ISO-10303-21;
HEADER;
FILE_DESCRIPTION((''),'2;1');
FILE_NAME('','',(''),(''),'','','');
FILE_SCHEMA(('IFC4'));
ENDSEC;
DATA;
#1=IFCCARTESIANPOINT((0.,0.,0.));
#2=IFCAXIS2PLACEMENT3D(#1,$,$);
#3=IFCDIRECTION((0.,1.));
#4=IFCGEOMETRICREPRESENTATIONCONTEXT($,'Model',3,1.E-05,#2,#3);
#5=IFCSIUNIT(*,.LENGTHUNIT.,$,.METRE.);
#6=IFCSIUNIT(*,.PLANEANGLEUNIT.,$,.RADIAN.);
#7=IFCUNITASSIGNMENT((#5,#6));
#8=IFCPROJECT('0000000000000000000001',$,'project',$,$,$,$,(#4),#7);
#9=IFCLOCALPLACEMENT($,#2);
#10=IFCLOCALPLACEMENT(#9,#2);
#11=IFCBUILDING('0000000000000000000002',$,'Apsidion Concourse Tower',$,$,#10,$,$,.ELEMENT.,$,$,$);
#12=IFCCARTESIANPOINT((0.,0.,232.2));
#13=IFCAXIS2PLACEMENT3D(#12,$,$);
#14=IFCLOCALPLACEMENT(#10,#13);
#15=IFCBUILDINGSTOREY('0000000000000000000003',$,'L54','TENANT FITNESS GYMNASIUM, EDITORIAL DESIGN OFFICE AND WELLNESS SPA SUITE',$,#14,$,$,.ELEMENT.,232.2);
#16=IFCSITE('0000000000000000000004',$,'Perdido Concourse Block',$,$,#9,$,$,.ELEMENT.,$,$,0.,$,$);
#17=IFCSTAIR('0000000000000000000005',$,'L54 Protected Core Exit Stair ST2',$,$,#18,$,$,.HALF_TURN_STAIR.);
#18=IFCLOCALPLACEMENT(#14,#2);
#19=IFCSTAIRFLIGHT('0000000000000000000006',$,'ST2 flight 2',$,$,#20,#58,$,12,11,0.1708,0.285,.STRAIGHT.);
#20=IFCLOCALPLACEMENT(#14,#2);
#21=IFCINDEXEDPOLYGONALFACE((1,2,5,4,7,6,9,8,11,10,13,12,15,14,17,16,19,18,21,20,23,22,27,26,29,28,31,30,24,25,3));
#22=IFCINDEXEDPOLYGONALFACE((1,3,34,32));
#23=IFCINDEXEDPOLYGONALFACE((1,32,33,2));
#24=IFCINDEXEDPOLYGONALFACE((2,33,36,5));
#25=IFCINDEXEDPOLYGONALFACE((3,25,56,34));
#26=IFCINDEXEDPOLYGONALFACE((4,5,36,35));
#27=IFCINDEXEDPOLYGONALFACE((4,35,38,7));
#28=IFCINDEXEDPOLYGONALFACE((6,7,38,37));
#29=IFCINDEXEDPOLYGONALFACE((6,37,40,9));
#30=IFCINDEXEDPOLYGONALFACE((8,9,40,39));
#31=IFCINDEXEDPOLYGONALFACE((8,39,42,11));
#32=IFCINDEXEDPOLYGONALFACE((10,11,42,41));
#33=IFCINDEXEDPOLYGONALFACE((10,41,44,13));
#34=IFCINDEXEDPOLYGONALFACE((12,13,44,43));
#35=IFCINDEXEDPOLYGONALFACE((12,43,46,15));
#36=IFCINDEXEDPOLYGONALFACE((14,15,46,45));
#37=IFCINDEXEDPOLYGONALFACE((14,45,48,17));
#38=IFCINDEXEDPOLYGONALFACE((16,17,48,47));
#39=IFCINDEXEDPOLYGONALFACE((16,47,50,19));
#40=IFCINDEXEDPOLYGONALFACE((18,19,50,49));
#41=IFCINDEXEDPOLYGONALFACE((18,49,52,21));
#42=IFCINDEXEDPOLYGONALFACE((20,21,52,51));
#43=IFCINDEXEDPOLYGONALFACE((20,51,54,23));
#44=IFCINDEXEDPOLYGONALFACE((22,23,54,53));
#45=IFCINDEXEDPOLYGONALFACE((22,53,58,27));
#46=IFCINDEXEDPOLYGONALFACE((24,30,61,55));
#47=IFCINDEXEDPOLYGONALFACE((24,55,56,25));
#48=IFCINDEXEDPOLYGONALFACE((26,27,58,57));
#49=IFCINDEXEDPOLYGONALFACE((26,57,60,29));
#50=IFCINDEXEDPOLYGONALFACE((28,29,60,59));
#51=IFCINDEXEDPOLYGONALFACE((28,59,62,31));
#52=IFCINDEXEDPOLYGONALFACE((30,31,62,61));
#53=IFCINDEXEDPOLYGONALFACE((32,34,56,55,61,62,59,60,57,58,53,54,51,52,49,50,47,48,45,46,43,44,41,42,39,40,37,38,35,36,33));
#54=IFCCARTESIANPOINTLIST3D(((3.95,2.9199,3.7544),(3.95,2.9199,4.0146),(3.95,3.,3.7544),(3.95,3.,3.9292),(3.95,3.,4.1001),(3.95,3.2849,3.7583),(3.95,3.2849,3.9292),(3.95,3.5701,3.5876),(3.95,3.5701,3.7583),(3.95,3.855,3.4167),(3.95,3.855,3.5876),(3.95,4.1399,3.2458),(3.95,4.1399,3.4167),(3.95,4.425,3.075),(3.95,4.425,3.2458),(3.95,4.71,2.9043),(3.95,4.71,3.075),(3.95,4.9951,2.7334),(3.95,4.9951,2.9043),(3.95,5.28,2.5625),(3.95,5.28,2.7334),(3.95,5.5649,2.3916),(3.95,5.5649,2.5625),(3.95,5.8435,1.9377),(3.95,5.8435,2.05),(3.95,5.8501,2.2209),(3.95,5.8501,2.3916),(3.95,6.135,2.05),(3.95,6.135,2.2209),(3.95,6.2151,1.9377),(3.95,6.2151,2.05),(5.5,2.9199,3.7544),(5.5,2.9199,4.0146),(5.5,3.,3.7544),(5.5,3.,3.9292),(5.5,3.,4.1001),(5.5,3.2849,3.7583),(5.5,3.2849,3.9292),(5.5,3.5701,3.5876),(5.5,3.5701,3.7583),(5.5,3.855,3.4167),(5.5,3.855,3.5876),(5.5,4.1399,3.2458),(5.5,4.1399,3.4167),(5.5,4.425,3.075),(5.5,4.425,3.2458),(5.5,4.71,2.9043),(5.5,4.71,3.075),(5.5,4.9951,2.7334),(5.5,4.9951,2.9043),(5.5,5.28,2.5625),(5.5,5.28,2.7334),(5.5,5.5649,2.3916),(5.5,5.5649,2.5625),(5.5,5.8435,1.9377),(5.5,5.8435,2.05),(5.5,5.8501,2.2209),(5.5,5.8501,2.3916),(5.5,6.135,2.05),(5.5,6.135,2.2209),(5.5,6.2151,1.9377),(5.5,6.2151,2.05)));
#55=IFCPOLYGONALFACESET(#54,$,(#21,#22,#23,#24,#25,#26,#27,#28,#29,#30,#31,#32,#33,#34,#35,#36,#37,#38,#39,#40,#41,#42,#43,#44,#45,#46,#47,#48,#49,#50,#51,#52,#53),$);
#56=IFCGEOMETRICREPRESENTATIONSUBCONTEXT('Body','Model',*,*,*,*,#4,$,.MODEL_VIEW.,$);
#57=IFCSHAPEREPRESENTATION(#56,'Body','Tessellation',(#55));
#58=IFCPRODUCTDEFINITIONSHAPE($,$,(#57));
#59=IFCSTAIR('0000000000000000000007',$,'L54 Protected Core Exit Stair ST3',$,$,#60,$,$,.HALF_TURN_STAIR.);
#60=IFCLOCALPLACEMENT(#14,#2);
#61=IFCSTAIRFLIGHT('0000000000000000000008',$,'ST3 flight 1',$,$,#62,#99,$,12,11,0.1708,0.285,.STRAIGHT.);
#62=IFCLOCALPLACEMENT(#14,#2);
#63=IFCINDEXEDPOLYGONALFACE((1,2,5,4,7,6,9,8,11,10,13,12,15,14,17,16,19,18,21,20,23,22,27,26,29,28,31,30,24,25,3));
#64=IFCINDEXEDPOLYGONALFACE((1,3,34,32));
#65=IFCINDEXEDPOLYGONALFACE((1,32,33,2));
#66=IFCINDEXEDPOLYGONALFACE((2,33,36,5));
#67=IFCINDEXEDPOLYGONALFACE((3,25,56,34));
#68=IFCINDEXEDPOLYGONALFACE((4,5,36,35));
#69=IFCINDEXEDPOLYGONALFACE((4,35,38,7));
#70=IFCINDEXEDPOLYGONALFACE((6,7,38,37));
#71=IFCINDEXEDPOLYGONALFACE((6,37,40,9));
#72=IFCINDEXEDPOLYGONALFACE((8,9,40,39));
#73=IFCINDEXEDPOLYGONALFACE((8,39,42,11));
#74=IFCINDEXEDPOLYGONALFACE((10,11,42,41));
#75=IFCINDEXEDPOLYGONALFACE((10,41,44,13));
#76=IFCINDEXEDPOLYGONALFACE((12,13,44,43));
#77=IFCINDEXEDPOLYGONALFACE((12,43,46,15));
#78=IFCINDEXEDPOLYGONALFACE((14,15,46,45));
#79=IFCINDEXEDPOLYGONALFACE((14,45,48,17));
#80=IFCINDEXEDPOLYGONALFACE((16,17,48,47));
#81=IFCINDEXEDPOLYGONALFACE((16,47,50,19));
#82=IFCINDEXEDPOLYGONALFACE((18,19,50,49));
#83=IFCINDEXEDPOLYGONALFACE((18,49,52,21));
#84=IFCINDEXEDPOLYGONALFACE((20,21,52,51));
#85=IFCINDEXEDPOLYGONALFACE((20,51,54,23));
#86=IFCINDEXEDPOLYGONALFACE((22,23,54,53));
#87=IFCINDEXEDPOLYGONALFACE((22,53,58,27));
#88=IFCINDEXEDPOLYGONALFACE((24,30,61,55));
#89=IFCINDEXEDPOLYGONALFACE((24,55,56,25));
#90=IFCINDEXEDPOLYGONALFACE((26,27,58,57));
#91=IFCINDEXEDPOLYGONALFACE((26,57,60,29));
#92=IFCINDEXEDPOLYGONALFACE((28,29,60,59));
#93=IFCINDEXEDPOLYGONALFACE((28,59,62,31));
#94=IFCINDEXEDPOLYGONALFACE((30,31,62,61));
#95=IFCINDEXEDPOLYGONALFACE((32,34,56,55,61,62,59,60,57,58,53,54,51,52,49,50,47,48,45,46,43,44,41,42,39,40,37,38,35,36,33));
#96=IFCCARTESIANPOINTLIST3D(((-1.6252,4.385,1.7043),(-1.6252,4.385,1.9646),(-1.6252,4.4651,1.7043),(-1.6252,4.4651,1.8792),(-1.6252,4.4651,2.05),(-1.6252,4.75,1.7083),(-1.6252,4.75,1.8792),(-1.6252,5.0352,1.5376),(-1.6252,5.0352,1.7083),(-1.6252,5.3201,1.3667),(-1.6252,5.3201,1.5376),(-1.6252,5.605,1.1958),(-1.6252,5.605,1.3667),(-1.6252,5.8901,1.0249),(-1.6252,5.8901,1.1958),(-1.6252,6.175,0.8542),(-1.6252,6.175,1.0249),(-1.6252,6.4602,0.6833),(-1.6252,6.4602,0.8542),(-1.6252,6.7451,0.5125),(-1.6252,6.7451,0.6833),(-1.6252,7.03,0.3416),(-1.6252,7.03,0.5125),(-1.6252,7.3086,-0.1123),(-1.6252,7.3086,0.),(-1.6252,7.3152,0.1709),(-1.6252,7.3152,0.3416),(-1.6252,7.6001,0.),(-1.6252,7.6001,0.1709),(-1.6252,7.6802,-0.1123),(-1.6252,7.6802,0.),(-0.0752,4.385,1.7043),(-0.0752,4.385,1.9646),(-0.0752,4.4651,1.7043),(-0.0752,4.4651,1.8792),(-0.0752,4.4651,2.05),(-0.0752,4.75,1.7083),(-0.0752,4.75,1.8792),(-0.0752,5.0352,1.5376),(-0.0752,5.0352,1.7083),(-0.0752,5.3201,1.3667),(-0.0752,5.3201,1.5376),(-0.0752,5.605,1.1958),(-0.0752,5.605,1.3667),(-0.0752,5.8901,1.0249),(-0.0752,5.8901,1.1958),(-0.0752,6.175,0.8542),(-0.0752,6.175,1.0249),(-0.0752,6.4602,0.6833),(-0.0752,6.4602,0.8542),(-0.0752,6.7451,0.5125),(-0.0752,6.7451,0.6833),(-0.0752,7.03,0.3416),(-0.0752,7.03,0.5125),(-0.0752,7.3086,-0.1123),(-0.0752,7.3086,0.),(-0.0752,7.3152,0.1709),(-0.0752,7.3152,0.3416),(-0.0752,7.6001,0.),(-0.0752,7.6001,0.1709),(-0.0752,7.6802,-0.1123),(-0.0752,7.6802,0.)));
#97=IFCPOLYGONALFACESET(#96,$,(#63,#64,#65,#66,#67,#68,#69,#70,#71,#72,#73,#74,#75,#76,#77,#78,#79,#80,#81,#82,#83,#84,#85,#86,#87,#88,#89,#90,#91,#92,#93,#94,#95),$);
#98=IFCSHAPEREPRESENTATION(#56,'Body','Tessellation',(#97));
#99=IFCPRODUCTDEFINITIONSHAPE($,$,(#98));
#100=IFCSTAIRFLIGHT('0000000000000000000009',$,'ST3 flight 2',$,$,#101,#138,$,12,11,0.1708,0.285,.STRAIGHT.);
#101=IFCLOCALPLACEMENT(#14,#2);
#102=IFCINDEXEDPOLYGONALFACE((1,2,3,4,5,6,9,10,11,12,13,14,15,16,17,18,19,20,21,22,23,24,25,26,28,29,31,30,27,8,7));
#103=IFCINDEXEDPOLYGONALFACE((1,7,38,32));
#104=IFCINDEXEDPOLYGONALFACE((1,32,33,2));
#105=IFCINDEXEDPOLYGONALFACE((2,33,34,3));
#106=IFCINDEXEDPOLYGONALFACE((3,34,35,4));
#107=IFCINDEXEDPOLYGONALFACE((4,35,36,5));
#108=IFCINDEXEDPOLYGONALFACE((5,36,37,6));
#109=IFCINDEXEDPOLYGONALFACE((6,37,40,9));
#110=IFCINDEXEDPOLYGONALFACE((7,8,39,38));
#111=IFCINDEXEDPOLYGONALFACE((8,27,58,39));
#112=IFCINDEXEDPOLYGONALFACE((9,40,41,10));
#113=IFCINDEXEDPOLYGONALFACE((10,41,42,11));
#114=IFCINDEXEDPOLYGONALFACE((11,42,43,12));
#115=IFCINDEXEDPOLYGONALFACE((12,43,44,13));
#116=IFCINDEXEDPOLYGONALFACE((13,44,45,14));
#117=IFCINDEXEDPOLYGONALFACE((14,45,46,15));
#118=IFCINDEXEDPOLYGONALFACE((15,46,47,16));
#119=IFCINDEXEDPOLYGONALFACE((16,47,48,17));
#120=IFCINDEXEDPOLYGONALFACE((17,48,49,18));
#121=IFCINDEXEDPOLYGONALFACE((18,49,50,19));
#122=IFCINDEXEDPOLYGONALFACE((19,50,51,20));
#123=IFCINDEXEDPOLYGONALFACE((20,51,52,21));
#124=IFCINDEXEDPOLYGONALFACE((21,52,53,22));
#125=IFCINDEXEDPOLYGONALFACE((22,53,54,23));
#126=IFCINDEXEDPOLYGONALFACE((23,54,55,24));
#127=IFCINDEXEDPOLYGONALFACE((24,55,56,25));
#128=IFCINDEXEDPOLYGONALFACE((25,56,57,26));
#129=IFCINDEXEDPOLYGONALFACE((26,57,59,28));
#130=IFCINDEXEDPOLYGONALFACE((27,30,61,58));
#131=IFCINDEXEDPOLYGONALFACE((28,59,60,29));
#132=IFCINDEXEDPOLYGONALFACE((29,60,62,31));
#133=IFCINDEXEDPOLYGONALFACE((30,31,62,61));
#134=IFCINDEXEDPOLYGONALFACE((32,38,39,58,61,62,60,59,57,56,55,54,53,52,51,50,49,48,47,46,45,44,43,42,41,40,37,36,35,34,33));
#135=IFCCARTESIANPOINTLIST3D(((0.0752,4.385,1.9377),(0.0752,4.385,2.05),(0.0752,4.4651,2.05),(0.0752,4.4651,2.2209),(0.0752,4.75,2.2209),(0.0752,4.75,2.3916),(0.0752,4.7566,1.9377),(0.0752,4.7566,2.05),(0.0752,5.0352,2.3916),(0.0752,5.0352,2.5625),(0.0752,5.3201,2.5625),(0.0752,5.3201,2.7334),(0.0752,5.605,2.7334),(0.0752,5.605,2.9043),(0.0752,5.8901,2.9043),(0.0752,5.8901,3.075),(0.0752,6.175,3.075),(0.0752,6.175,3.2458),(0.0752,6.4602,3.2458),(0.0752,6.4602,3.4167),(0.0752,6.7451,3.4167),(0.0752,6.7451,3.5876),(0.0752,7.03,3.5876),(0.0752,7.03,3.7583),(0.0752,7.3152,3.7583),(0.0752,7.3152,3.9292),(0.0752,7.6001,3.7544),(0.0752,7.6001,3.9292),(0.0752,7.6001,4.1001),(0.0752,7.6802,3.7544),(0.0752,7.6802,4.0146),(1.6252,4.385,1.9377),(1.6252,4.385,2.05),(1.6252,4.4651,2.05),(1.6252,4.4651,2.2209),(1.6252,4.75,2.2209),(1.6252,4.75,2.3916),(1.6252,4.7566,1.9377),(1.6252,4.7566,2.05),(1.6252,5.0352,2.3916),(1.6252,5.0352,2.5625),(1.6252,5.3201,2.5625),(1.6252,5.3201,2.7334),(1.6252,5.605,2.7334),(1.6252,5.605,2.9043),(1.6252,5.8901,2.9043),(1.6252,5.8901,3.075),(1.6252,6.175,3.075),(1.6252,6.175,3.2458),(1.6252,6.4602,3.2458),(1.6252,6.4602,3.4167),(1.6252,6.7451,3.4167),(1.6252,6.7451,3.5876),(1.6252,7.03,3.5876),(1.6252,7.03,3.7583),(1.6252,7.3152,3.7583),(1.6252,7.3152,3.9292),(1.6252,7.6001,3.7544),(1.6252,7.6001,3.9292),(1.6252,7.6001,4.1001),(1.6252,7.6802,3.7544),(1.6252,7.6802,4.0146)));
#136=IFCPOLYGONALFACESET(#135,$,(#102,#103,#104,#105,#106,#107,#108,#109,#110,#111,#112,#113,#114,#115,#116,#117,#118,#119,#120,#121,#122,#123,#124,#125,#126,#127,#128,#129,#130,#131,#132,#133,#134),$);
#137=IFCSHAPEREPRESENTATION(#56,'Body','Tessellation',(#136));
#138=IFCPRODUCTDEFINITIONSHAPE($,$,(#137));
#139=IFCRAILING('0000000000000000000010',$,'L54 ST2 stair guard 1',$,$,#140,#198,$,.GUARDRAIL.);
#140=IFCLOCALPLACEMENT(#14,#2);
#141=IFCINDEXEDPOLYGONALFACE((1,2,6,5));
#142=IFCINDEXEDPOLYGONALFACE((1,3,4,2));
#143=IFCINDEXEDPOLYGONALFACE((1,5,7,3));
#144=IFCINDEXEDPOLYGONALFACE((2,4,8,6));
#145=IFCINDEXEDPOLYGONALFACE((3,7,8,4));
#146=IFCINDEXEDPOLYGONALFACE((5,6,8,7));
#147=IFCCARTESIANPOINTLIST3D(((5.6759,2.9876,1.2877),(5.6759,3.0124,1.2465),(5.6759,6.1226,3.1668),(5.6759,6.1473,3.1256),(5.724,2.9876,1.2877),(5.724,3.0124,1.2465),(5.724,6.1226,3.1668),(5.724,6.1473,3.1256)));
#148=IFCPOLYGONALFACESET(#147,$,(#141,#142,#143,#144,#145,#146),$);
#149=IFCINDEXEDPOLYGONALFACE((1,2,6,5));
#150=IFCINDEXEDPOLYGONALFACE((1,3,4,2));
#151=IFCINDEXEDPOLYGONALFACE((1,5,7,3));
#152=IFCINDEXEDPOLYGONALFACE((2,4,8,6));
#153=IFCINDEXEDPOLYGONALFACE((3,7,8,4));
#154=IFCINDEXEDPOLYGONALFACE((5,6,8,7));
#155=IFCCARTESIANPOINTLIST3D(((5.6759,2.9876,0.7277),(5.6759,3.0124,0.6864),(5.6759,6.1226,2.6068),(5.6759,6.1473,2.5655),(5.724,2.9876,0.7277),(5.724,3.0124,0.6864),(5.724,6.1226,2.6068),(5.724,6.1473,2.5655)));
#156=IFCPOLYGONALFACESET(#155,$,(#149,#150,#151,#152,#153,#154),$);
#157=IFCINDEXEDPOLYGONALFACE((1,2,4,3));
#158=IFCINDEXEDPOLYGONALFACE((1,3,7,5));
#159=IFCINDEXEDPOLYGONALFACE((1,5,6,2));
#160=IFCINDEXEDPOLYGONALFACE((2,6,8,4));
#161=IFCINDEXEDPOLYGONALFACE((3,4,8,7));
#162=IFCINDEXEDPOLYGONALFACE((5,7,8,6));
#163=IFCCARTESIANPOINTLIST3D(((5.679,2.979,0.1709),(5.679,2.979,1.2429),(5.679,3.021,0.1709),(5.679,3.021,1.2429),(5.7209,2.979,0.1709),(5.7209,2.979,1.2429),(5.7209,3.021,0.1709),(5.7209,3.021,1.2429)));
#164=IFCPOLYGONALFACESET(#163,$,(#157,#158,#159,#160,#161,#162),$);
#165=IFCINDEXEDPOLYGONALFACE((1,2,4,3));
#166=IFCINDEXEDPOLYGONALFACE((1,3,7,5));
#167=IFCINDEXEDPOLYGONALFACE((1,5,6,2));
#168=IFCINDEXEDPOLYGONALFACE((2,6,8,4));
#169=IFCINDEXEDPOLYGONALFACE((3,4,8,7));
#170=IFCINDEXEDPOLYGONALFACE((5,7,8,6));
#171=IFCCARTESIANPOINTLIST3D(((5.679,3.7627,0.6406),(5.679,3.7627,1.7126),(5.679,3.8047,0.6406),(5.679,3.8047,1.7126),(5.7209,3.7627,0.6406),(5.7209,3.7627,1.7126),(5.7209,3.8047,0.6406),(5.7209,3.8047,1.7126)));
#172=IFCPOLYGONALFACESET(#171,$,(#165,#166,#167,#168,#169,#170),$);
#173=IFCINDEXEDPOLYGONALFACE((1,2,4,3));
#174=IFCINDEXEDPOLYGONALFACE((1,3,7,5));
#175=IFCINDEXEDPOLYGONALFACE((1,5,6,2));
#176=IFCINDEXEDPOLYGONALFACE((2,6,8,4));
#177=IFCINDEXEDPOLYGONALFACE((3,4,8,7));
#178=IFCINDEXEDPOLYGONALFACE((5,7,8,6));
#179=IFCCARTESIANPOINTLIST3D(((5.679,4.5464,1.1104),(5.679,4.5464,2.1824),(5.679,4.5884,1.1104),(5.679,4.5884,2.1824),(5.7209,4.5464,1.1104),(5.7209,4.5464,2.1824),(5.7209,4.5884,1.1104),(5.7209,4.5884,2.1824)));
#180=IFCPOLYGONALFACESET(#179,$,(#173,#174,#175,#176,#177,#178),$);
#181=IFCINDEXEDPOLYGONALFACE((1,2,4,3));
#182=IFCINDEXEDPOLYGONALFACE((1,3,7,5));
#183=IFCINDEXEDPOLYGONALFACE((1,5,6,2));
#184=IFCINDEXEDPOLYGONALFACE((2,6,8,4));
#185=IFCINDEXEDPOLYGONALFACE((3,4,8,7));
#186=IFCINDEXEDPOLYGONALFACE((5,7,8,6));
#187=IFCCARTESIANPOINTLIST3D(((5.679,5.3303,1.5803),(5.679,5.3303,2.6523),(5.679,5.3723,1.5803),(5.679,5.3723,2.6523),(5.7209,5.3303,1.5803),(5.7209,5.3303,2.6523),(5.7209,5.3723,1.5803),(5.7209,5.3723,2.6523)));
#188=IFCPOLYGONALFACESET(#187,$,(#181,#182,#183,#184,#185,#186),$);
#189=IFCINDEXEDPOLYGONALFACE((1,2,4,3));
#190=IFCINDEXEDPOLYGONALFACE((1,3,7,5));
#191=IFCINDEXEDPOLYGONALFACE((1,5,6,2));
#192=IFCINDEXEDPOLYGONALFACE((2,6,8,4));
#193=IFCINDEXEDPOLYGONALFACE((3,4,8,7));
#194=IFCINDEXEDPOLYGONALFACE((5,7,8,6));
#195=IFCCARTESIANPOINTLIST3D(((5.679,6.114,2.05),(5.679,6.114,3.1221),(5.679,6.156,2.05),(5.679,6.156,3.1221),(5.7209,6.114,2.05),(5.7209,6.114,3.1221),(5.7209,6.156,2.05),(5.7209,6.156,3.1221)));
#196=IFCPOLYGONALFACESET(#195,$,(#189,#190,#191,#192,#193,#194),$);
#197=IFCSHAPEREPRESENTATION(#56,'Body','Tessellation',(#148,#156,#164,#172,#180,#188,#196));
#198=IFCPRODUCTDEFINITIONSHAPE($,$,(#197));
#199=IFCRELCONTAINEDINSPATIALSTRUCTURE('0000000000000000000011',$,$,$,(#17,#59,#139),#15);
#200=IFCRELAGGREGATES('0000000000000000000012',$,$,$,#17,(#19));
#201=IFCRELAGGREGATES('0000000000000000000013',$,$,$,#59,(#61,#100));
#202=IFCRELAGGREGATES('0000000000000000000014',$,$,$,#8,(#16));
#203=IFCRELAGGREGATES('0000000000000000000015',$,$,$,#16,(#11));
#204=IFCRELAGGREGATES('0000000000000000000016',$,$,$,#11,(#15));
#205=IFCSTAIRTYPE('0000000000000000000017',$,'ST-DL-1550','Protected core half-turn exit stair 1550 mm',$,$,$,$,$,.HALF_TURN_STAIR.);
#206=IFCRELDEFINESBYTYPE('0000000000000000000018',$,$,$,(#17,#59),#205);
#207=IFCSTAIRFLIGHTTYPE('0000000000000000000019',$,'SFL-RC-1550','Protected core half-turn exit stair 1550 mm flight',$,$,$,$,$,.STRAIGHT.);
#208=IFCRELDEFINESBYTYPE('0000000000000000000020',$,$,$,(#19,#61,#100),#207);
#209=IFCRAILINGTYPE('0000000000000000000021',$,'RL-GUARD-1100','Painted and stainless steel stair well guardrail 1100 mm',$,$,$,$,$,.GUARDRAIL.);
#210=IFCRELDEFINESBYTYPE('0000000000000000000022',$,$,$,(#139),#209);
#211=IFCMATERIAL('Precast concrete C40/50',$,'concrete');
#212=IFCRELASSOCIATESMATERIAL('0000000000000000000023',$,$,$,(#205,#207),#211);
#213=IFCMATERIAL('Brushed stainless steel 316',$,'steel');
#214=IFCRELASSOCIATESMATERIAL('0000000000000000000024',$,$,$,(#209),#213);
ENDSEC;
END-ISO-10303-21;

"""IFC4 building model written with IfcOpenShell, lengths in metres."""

from ifc_helpers import new_model, si_unit, direction, frame, origin, origin_2d, place, context, subcontext, project, spatial, polyline, rectangle, outline, extrude, material, type_object, element, aggregate, save


model = new_model("IFC4")

# Units and contexts
model_context = context("Model", 3, precision=1e-05, world=origin(), true_north=direction((0.0, 1.0)))
body_context = subcontext(model_context, "Body", "Model", "MODEL_VIEW")
ifc_project = project(units=[si_unit("LENGTHUNIT", "METRE"), si_unit("PLANEANGLEUNIT", "RADIAN")], contexts=[model_context])

# Site, building, storey
site_placement = place(None, origin())
site = spatial("IfcSite", under=ifc_project, at=site_placement, Name="Perdido Concourse Block", CompositionType="ELEMENT", RefElevation=0.0)
building_placement = place(site_placement, origin())
building = spatial("IfcBuilding", under=site, at=building_placement, Name="Apsidion Concourse Tower", CompositionType="ELEMENT")
storey_placement = place(building_placement, frame((0.0, 0.0, 232.2)))
storey = spatial("IfcBuildingStorey", under=building, at=storey_placement, Name="L54", Description="TENANT FITNESS GYMNASIUM, EDITORIAL DESIGN OFFICE AND WELLNESS SPA SUITE", CompositionType="ELEMENT", Elevation=232.2)

# Stairs, stair flights
ifc_material_1 = material(Name="Precast concrete C40/50", Category="concrete")
stair_type = type_object("IfcStairType", Name="ST-DL-1550", Description="Protected core half-turn exit stair 1550 mm", PredefinedType="HALF_TURN_STAIR", material=ifc_material_1)
stair_1_placement = place(storey_placement, origin())
stair_1 = element("IfcStair", 1, at=stair_1_placement, inside=storey, type_object=stair_type, Name="L54 Protected Core Exit Stair ST2", PredefinedType="HALF_TURN_STAIR")
stair_flight_type = type_object("IfcStairFlightType", Name="SFL-RC-1550", Description="Protected core half-turn exit stair 1550 mm flight", PredefinedType="STRAIGHT", material=ifc_material_1)
stair_flight_1_placement = place(storey_placement, frame((4.7251, 6.135, 2.05), z_axis=(0.0, 0.0, 1.0), x_axis=(0.0, -1.0, 0.0)))
stair_flight_1 = element("IfcStairFlight", 2, at=stair_flight_1_placement, type_object=stair_flight_type, Name="ST2 flight 2", NumberOfRisers=12, NumberOfTreads=11, PredefinedType="STRAIGHT", RiserHeight=0.1708, TreadLength=0.285, context=body_context, shape_type="SweptSolid", body=[
    extrude(outline(polyline([(-0.0801, -0.1123), (-0.0801, 0.0), (0.0, 0.0), (0.0, 0.1709), (0.2849, 0.1709), (0.2849, 0.3416), (0.5701, 0.3416), (0.5701, 0.5125), (0.855, 0.5125), (0.855, 0.6833), (1.1399, 0.6833), (1.1399, 0.8542), (1.425, 0.8542), (1.425, 1.0249), (1.71, 1.0249), (1.71, 1.1958), (1.9951, 1.1958), (1.9951, 1.3667), (2.28, 1.3667), (2.28, 1.5376), (2.5649, 1.5376), (2.5649, 1.7083), (2.8501, 1.7083), (2.8501, 1.8792), (3.135, 1.8792), (3.135, 2.05), (3.2151, 1.9646), (3.2151, 1.7043), (3.135, 1.7043), (0.2915, 0.0), (0.2915, -0.1123), (-0.0801, -0.1123)])), frame((0.0, 0.7749, 0.0), z_axis=(0.0, -1.0, 0.0), x_axis=(1.0, 0.0, 0.0)), (0.0, 0.0, 1.0), 1.55),
])
aggregate(stair_1, [stair_flight_1])
stair_2_placement = place(storey_placement, origin())
stair_2 = element("IfcStair", 3, at=stair_2_placement, inside=storey, type_object=stair_type, Name="L54 Protected Core Exit Stair ST3", PredefinedType="HALF_TURN_STAIR")
stair_flight_2_placement = place(storey_placement, frame((-0.8501, 7.6001, 0.0), z_axis=(0.0, 0.0, 1.0), x_axis=(0.0, -1.0, 0.0)))
stair_flight_2 = element("IfcStairFlight", 4, at=stair_flight_2_placement, type_object=stair_flight_type, Name="ST3 flight 1", NumberOfRisers=12, NumberOfTreads=11, PredefinedType="STRAIGHT", RiserHeight=0.1708, TreadLength=0.285, context=body_context, shape_type="SweptSolid", body=[
    extrude(outline(polyline([(-0.0801, -0.1123), (-0.0801, 0.0), (0.0, 0.0), (0.0, 0.1709), (0.2849, 0.1709), (0.2849, 0.3416), (0.5701, 0.3416), (0.5701, 0.5125), (0.855, 0.5125), (0.855, 0.6833), (1.1399, 0.6833), (1.1399, 0.8542), (1.425, 0.8542), (1.425, 1.0249), (1.71, 1.0249), (1.71, 1.1958), (1.9951, 1.1958), (1.9951, 1.3667), (2.28, 1.3667), (2.28, 1.5376), (2.5649, 1.5376), (2.5649, 1.7083), (2.8501, 1.7083), (2.8501, 1.8792), (3.135, 1.8792), (3.135, 2.05), (3.2151, 1.9646), (3.2151, 1.7043), (3.135, 1.7043), (0.2915, 0.0), (0.2915, -0.1123), (-0.0801, -0.1123)])), frame((0.0, 0.7749, 0.0), z_axis=(0.0, -1.0, 0.0), x_axis=(1.0, 0.0, 0.0)), (0.0, 0.0, 1.0), 1.55),
])
stair_flight_3_placement = place(storey_placement, frame((0.8501, 4.4651, 2.05), z_axis=(0.0, 0.0, 1.0), x_axis=(0.0, 1.0, 0.0)))
stair_flight_3 = element("IfcStairFlight", 5, at=stair_flight_3_placement, type_object=stair_flight_type, Name="ST3 flight 2", NumberOfRisers=12, NumberOfTreads=11, PredefinedType="STRAIGHT", RiserHeight=0.1708, TreadLength=0.285, context=body_context, shape_type="SweptSolid", body=[
    extrude(outline(polyline([(-0.0801, -0.1123), (-0.0801, 0.0), (0.0, 0.0), (0.0, 0.1709), (0.2849, 0.1709), (0.2849, 0.3416), (0.5701, 0.3416), (0.5701, 0.5125), (0.855, 0.5125), (0.855, 0.6833), (1.1399, 0.6833), (1.1399, 0.8542), (1.425, 0.8542), (1.425, 1.0249), (1.71, 1.0249), (1.71, 1.1958), (1.9951, 1.1958), (1.9951, 1.3667), (2.28, 1.3667), (2.28, 1.5376), (2.5649, 1.5376), (2.5649, 1.7083), (2.8501, 1.7083), (2.8501, 1.8792), (3.135, 1.8792), (3.135, 2.05), (3.2151, 1.9646), (3.2151, 1.7043), (3.135, 1.7043), (0.2915, 0.0), (0.2915, -0.1123), (-0.0801, -0.1123)])), frame((0.0, 0.7749, 0.0), z_axis=(0.0, -1.0, 0.0), x_axis=(1.0, 0.0, 0.0)), (0.0, 0.0, 1.0), 1.55),
])
aggregate(stair_2, [stair_flight_2, stair_flight_3])

# Railing
ifc_material_2 = material(Name="Brushed stainless steel 316", Category="steel")
railing_type_1 = type_object("IfcRailingType", Name="RL-GUARD-1100", Description="Painted and stainless steel stair well guardrail 1100 mm", PredefinedType="GUARDRAIL", material=ifc_material_2)
railing_1_placement = place(storey_placement, frame((5.7, 3.0, 0.1709)))
element("IfcRailing", 6, at=railing_1_placement, inside=storey, type_object=railing_type_1, Name="L54 ST2 stair guard 1", PredefinedType="GUARDRAIL", context=body_context, shape_type="SweptSolid", body=[
    extrude(rectangle(XDim=0.0481, YDim=0.0481, at=origin_2d()), frame((0.0, 0.0, 1.0962), z_axis=(0.0, 0.857717, 0.514122), x_axis=(-1.0, 0.0, 0.0)), (0.0, 0.0, 1.0), 3.655),
    extrude(rectangle(XDim=0.0481, YDim=0.0481, at=origin_2d()), frame((0.0, 0.0, 0.5361), z_axis=(0.0, 0.857717, 0.514122), x_axis=(-1.0, 0.0, 0.0)), (0.0, 0.0, 1.0), 3.655),
    extrude(rectangle(XDim=0.042, YDim=0.042, at=origin_2d()), origin(), (0.0, 0.0, 1.0), 1.072),
    extrude(rectangle(XDim=0.042, YDim=0.042, at=origin_2d()), frame((0.0, 0.7837, 0.4697)), (0.0, 0.0, 1.0), 1.072),
    extrude(rectangle(XDim=0.042, YDim=0.042, at=origin_2d()), frame((0.0, 1.5674, 0.9395)), (0.0, 0.0, 1.0), 1.072),
    extrude(rectangle(XDim=0.042, YDim=0.042, at=origin_2d()), frame((0.0, 2.3513, 1.4094)), (0.0, 0.0, 1.0), 1.072),
    extrude(rectangle(XDim=0.042, YDim=0.042, at=origin_2d()), frame((0.0, 3.135, 1.8792)), (0.0, 0.0, 1.0), 1.072),
])

save(model, "model.ifc")
